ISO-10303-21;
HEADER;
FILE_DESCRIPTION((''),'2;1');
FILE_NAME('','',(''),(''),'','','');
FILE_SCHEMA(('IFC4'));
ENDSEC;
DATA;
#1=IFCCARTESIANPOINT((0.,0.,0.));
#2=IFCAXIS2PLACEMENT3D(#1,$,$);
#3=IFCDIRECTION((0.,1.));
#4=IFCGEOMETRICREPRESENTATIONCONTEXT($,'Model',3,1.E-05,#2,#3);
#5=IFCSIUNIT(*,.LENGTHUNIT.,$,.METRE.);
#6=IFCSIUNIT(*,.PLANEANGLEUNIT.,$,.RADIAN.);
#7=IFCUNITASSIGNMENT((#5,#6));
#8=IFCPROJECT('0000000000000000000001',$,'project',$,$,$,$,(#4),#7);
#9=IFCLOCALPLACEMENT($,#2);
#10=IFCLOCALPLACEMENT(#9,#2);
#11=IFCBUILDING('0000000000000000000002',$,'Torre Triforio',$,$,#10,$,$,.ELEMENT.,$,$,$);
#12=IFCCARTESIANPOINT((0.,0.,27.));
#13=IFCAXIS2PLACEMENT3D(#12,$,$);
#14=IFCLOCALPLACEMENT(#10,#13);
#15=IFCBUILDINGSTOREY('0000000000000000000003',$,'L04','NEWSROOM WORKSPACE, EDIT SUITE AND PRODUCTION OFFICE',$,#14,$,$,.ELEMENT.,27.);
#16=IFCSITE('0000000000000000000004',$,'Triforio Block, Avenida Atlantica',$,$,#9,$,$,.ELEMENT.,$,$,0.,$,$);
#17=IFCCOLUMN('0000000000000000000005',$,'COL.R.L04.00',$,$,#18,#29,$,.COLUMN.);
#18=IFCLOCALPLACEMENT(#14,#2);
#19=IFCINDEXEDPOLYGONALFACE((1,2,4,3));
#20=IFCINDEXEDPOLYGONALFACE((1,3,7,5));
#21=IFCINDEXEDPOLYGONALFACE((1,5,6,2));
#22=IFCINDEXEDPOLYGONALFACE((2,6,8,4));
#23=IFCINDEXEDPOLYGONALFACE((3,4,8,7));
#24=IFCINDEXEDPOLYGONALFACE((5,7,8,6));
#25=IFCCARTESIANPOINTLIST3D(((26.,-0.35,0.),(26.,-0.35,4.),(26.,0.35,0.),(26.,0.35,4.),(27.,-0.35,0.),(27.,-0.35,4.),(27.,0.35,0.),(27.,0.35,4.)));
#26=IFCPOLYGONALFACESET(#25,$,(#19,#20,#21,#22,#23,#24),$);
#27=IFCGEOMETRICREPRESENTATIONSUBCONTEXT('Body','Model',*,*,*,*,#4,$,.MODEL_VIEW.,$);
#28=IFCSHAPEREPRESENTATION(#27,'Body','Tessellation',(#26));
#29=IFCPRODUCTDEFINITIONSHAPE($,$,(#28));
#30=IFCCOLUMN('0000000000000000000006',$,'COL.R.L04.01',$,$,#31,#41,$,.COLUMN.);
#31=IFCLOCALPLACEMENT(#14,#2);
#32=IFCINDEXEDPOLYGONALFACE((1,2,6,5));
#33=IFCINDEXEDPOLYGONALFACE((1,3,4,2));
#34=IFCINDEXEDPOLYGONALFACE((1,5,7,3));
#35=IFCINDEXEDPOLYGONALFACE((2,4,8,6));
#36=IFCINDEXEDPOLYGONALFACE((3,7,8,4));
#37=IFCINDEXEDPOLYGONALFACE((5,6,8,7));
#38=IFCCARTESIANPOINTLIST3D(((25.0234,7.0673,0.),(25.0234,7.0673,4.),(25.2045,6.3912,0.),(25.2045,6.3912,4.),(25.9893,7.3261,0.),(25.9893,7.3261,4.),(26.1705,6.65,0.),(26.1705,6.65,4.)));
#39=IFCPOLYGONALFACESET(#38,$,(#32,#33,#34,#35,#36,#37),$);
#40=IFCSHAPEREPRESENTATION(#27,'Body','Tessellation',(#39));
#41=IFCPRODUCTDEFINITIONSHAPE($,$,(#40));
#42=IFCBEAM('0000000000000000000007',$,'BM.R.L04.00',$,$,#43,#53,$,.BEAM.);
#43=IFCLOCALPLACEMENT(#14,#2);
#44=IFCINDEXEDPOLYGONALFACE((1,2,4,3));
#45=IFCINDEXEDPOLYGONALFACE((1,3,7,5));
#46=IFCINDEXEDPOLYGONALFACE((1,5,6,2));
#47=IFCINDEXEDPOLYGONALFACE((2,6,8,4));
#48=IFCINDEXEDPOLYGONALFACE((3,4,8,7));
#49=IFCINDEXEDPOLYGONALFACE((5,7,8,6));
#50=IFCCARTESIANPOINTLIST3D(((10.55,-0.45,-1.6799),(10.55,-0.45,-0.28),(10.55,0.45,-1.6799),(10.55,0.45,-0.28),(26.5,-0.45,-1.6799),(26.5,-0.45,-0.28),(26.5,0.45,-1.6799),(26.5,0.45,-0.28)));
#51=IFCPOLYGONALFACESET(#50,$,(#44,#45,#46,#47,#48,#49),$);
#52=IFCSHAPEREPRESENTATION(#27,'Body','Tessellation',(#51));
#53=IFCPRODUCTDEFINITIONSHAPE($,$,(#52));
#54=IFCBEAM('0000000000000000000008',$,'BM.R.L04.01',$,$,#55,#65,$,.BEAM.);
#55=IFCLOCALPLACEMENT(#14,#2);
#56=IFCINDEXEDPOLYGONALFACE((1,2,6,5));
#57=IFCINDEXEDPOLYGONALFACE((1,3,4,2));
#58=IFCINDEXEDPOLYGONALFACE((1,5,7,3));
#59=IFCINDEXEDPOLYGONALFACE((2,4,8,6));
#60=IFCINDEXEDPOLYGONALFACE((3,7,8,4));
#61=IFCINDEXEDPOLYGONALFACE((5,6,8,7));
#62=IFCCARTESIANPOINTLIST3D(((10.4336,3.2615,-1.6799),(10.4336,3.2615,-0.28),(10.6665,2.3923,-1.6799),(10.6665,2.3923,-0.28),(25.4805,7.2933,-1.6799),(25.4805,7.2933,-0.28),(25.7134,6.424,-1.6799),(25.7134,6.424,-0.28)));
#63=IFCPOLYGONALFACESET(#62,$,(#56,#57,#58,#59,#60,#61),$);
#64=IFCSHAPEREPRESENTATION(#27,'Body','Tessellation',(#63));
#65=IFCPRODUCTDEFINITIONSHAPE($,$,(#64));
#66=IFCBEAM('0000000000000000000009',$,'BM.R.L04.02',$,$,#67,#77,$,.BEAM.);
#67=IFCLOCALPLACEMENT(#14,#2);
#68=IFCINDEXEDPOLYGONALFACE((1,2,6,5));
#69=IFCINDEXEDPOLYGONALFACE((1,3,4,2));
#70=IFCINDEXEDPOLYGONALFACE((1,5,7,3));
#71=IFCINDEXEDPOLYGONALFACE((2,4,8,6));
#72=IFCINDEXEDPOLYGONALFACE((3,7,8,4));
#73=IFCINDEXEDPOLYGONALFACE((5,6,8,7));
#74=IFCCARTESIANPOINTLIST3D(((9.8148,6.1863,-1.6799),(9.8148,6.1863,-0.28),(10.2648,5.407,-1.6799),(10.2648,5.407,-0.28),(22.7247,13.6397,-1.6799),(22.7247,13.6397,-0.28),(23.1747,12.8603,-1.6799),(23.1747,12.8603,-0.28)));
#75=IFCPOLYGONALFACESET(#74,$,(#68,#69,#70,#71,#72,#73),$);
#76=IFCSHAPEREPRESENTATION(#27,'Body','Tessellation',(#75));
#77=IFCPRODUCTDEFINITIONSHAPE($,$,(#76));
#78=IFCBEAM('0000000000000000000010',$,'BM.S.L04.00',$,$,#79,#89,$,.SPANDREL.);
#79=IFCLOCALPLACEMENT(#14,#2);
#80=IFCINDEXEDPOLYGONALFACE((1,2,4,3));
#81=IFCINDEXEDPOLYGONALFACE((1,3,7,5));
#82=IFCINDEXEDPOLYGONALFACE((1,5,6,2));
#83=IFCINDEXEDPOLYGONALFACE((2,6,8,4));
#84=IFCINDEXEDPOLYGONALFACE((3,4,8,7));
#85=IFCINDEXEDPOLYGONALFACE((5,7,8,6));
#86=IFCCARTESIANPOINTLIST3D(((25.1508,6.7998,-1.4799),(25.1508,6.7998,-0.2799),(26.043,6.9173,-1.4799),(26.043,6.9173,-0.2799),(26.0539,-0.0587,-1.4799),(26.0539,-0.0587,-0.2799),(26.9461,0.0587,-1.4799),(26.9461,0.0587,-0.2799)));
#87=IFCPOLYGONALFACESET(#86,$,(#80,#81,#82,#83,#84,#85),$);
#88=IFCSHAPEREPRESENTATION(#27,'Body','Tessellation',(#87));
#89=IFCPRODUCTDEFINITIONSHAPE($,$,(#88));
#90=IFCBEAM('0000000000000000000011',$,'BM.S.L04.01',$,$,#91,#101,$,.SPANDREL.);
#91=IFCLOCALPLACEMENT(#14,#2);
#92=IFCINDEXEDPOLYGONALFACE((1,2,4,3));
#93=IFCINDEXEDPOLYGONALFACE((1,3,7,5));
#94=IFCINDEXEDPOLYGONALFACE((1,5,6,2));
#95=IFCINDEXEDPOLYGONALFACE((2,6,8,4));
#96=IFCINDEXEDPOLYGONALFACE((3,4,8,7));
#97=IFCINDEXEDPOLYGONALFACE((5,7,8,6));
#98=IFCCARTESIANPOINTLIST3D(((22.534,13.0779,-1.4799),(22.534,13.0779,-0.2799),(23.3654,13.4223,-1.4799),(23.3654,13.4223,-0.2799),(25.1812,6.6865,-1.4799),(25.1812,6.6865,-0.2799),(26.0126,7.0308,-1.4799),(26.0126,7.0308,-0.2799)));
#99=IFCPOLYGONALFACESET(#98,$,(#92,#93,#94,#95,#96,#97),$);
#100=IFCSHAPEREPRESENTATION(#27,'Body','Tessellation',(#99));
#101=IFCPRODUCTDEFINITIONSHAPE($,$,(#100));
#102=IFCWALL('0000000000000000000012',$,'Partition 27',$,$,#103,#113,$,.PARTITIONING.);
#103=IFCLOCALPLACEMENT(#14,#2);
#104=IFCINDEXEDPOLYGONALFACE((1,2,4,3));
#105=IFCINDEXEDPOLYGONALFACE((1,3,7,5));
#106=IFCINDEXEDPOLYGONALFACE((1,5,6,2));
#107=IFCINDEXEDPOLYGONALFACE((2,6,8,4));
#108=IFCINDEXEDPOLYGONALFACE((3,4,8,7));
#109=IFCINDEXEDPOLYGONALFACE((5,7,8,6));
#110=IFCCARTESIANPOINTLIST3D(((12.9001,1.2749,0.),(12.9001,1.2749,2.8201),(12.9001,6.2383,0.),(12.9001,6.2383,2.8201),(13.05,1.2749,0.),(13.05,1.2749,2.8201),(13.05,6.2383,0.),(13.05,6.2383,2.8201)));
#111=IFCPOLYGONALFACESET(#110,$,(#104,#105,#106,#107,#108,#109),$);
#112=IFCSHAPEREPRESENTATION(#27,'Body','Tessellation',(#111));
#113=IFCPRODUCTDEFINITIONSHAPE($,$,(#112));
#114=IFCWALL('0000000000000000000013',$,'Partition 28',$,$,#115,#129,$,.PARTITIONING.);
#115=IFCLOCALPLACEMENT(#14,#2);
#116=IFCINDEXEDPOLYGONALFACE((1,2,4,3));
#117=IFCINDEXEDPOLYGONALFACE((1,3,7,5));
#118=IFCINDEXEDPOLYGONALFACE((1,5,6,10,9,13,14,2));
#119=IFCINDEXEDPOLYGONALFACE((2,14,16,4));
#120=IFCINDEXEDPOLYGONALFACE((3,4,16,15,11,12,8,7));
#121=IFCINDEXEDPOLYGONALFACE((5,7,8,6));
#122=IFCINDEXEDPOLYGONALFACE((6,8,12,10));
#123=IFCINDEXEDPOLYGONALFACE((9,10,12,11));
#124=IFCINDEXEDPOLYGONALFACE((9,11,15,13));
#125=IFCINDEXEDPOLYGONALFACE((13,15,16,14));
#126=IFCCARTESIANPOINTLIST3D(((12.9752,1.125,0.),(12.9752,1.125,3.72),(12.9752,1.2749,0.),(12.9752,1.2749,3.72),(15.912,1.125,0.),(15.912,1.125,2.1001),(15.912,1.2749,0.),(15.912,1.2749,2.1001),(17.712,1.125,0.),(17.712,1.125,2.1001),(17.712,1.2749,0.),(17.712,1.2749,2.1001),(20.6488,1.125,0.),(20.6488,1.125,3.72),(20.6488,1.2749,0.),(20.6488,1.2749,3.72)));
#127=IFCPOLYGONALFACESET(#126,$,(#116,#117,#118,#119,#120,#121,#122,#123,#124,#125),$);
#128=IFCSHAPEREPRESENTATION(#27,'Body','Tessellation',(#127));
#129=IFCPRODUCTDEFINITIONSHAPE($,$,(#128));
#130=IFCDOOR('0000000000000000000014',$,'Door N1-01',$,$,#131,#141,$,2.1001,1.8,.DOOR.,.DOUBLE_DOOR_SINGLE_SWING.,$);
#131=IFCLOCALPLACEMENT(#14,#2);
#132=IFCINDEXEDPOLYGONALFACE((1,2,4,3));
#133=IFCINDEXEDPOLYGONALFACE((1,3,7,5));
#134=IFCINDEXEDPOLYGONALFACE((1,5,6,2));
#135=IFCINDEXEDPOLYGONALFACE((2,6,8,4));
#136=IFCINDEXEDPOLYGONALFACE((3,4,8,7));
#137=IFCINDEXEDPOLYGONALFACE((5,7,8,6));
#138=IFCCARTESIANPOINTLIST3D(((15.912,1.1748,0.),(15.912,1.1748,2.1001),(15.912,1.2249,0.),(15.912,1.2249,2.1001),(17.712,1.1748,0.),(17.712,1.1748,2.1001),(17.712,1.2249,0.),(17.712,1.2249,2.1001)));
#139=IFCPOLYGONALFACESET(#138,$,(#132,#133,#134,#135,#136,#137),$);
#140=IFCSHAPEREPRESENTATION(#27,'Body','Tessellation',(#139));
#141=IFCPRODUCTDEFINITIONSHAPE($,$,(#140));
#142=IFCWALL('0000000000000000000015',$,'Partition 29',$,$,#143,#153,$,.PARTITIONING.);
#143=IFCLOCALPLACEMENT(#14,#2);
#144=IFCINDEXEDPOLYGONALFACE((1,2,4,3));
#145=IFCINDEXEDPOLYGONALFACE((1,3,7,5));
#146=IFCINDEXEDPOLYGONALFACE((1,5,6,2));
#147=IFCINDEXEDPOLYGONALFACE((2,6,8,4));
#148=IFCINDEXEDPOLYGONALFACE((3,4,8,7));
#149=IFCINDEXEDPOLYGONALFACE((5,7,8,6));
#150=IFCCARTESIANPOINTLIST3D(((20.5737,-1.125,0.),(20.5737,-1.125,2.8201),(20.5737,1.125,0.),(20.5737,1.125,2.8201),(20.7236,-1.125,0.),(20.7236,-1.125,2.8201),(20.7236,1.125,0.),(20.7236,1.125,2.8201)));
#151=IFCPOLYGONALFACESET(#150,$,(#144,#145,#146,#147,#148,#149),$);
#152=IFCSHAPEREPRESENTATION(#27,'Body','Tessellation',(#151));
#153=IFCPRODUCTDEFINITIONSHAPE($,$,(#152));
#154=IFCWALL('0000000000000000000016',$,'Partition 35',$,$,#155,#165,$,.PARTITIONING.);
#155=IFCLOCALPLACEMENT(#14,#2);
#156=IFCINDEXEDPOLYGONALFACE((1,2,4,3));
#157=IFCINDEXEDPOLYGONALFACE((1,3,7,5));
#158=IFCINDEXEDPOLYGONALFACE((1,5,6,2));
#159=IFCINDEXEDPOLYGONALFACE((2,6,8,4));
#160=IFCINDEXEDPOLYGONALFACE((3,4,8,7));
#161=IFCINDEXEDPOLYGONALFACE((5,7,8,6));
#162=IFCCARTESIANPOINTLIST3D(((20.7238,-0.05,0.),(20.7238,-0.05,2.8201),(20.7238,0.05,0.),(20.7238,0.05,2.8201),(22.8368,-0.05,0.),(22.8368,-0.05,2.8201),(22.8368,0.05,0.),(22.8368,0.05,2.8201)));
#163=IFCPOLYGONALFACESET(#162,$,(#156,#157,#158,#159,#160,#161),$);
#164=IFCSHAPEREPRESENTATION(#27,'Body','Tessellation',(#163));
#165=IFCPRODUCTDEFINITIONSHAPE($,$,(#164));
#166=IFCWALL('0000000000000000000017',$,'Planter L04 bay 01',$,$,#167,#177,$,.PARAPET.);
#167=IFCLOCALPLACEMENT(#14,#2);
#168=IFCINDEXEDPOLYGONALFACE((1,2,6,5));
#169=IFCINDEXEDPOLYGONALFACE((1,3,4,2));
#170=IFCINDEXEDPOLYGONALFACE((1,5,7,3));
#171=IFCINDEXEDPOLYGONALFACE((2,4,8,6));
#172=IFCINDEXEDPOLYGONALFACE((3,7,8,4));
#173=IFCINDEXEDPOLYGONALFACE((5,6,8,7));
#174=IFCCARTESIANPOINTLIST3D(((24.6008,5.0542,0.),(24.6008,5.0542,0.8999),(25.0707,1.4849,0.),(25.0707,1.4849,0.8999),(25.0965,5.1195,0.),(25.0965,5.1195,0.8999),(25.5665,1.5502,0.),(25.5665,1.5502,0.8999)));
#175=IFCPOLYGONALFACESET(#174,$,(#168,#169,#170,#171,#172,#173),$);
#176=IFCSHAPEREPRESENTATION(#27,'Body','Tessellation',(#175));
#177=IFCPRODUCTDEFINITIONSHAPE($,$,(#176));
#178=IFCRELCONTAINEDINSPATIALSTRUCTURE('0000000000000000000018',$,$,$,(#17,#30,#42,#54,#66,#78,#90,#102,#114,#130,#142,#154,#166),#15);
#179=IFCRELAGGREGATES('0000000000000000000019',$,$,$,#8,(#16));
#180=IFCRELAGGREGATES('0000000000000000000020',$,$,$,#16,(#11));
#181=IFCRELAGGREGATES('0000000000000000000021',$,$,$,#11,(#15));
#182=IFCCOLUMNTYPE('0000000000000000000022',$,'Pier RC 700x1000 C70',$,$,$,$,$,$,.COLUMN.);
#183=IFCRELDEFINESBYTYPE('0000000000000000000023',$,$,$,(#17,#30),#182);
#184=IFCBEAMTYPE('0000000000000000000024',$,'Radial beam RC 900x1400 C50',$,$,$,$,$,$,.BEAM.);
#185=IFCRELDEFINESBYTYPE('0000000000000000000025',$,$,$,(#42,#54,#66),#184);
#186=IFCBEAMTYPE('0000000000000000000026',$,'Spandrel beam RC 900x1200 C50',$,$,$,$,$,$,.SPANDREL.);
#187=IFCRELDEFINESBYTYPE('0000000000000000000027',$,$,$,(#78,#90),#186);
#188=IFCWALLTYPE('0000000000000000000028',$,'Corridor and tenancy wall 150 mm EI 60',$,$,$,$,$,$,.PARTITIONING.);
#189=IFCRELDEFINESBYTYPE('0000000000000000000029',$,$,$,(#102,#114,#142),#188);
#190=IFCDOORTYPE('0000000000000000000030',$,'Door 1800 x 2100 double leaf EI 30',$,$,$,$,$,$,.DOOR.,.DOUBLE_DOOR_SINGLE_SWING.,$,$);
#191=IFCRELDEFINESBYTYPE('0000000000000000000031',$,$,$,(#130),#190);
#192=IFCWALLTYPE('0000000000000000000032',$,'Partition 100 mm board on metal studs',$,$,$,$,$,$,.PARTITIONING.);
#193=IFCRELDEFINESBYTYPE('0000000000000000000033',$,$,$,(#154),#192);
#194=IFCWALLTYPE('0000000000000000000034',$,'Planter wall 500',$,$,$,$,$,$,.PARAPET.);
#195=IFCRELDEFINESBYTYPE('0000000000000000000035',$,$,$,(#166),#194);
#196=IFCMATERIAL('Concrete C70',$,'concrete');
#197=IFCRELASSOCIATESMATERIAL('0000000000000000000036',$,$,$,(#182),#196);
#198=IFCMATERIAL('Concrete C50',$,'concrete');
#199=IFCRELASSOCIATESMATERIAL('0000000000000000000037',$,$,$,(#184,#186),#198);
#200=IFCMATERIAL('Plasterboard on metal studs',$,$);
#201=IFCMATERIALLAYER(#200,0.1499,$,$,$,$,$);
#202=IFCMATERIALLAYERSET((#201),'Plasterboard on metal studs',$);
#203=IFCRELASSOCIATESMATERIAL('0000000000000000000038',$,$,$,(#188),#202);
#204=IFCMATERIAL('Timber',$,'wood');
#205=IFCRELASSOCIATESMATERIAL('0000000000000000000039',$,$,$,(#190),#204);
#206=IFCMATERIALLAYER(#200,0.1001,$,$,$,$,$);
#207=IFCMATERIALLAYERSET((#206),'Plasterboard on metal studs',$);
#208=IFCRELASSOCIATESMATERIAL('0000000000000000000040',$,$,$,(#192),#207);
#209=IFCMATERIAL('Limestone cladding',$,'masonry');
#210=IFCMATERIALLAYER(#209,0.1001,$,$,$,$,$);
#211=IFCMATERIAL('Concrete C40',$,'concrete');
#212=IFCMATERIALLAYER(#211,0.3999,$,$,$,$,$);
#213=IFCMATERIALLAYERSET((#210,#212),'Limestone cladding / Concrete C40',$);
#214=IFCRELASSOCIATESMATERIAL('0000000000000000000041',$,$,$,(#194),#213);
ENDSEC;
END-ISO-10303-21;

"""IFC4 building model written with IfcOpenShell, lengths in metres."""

from ifc_helpers import new_model, si_unit, direction, frame, frame_2d, origin, origin_2d, place, context, subcontext, project, spatial, rectangle, extrude, material, layer, layer_set, material_profile, profile_set, type_object, element, fill, save


model = new_model("IFC4")

# Units and contexts
model_context = context("Model", 3, precision=1e-05, world=origin(), true_north=direction((0.0, 1.0)))
body_context = subcontext(model_context, "Body", "Model", "MODEL_VIEW")
ifc_project = project(units=[si_unit("LENGTHUNIT", "METRE"), si_unit("PLANEANGLEUNIT", "RADIAN")], contexts=[model_context])

# Site, building, storey
site_placement = place(None, origin())
site = spatial("IfcSite", under=ifc_project, at=site_placement, Name="Triforio Block, Avenida Atlantica", CompositionType="ELEMENT", RefElevation=0.0)
building_placement = place(site_placement, origin())
building = spatial("IfcBuilding", under=site, at=building_placement, Name="Torre Triforio", CompositionType="ELEMENT")
storey_placement = place(building_placement, frame((0.0, 0.0, 27.0)))
storey = spatial("IfcBuildingStorey", under=building, at=storey_placement, Name="L04", Description="NEWSROOM WORKSPACE, EDIT SUITE AND PRODUCTION OFFICE", CompositionType="ELEMENT", Elevation=27.0)

# Columns
ifc_material_1 = material(Name="Concrete C70", Category="concrete")
ifc_material_profile_1 = material_profile(ifc_material_1, rectangle(XDim=0.7, YDim=1.0, at=origin_2d()), Name="RC 700x1000")
ifc_profile_set_1 = profile_set([ifc_material_profile_1], Name="Concrete C70")
column_type = type_object("IfcColumnType", Name="Pier RC 700x1000 C70", PredefinedType="COLUMN", material=ifc_profile_set_1)
for number, where, z_axis, x_axis, name in (
    (1, (26.5, 0.0, 0.0), (0.0, 0.0, 1.0), (0.0, 1.0, 0.0), "COL.R.L04.00"),
    (2, (25.5969, 6.8586, 0.0), (0.0, 0.0, 1.0), (-0.258819, 0.965926, 0.0), "COL.R.L04.01"),
):
    element("IfcColumn", number, at=place(storey_placement, frame(where, z_axis=z_axis, x_axis=x_axis)), inside=storey, type_object=column_type, Name=name, PredefinedType="COLUMN", context=body_context, shape_type="SweptSolid", body=[
        extrude(rectangle(XDim=0.7, YDim=1.0, at=origin_2d()), origin(), (0.0, 0.0, 1.0), 4.0),
    ])

# Beams
ifc_material_2 = material(Name="Concrete C50", Category="concrete")
ifc_material_profile_2 = material_profile(ifc_material_2, rectangle(XDim=0.8999, YDim=1.3999, at=origin_2d()), Name="RC 900x1400")
ifc_profile_set_2 = profile_set([ifc_material_profile_2], Name="Concrete C50")
beam_type_1 = type_object("IfcBeamType", Name="Radial beam RC 900x1400 C50", PredefinedType="BEAM", material=ifc_profile_set_2)
beam_1_placement = place(storey_placement, frame((10.55, 0.0, -0.98), z_axis=(1.0, 0.0, 0.0), x_axis=(0.0, 1.0, 0.0)))
element("IfcBeam", 3, at=beam_1_placement, inside=storey, type_object=beam_type_1, Name="BM.R.L04.00", PredefinedType="BEAM", context=body_context, shape_type="SweptSolid", body=[
    extrude(rectangle(XDim=0.8999, YDim=1.3999, at=origin_2d()), origin(), (0.0, 0.0, 1.0), 15.95),
])
beam_2_placement = place(storey_placement, frame((10.55, 2.8269, -0.98), z_axis=(0.965927, 0.258815, 0.0), x_axis=(-0.258815, 0.965927, 0.0)))
element("IfcBeam", 4, at=beam_2_placement, inside=storey, type_object=beam_type_1, Name="BM.R.L04.01", PredefinedType="BEAM", context=body_context, shape_type="SweptSolid", body=[
    extrude(rectangle(XDim=0.8999, YDim=1.3999, at=origin_2d()), origin(), (0.0, 0.0, 1.0), 15.5776),
])
beam_3_placement = place(storey_placement, frame((10.0398, 5.7966, -0.98), z_axis=(0.86603, 0.499991, 0.0), x_axis=(-0.499991, 0.86603, 0.0)))
element("IfcBeam", 5, at=beam_3_placement, inside=storey, type_object=beam_type_1, Name="BM.R.L04.02", PredefinedType="BEAM", context=body_context, shape_type="SweptSolid", body=[
    extrude(rectangle(XDim=0.8999, YDim=1.3999, at=origin_2d()), origin(), (0.0, 0.0, 1.0), 14.907),
])
ifc_material_profile_3 = material_profile(ifc_material_2, rectangle(XDim=0.8999, YDim=1.2, at=origin_2d()), Name="RC 900x1200")
ifc_profile_set_3 = profile_set([ifc_material_profile_3], Name="Concrete C50")
beam_type_2 = type_object("IfcBeamType", Name="Spandrel beam RC 900x1200 C50", PredefinedType="SPANDREL", material=ifc_profile_set_3)
beam_4_placement = place(storey_placement, frame((26.5, 0.0, -0.8799), z_axis=(-0.130543, 0.991443, 0.0), x_axis=(-0.991443, -0.130543, 0.0)))
element("IfcBeam", 6, at=beam_4_placement, inside=storey, type_object=beam_type_2, Name="BM.S.L04.00", PredefinedType="SPANDREL", context=body_context, shape_type="SweptSolid", body=[
    extrude(rectangle(XDim=0.8999, YDim=1.2, at=origin_2d()), origin(), (0.0, 0.0, 1.0), 6.9177),
])
beam_5_placement = place(storey_placement, frame((25.5969, 6.8586, -0.8799), z_axis=(-0.382662, 0.923888, 0.0), x_axis=(-0.923888, -0.382662, 0.0)))
element("IfcBeam", 7, at=beam_5_placement, inside=storey, type_object=beam_type_2, Name="BM.S.L04.01", PredefinedType="SPANDREL", context=body_context, shape_type="SweptSolid", body=[
    extrude(rectangle(XDim=0.8999, YDim=1.2, at=origin_2d()), origin(), (0.0, 0.0, 1.0), 6.918),
])

# Wall
ifc_material_3 = material(Name="Plasterboard on metal studs")
ifc_layer_1 = layer(ifc_material_3, 0.1499)
ifc_layer_set_1 = layer_set([ifc_layer_1], Name="Plasterboard on metal studs")
wall_type_1 = type_object("IfcWallType", Name="Corridor and tenancy wall 150 mm EI 60", PredefinedType="PARTITIONING", material=ifc_layer_set_1)
wall_1_placement = place(storey_placement, frame((12.9751, 6.2383, 0.0), z_axis=(0.0, 0.0, 1.0), x_axis=(0.0, -1.0, 0.0)))
element("IfcWall", 8, at=wall_1_placement, inside=storey, type_object=wall_type_1, Name="Partition 27", PredefinedType="PARTITIONING", context=body_context, shape_type="SweptSolid", body=[
    extrude(rectangle(XDim=4.9634, YDim=0.1499, at=frame_2d((2.4817, 0.0))), origin(), (0.0, 0.0, 1.0), 2.8201),
])

# Wall, opening, door
wall_2_placement = place(storey_placement, frame((12.9751, 1.2, 0.0), z_axis=(0.0, 0.0, 1.0), x_axis=(1.0, 0.0, 0.0)))
wall_2 = element("IfcWall", 9, at=wall_2_placement, inside=storey, type_object=wall_type_1, Name="Partition 28", PredefinedType="PARTITIONING", context=body_context, shape_type="SweptSolid", body=[
    extrude(rectangle(XDim=7.6736, YDim=0.1499, at=frame_2d((3.8369, 0.0))), origin(), (0.0, 0.0, 1.0), 3.72),
])
opening_1_placement = place(wall_2_placement, frame((2.937, 0.0, 0.0)))
opening_1 = element("IfcOpeningElement", 10, at=opening_1_placement, cuts=wall_2, PredefinedType="OPENING", context=body_context, shape_type="SweptSolid", body=[
    extrude(rectangle(XDim=1.8, YDim=2.1001, at=frame_2d((0.8999, 1.05))), frame((0.0, 0.085, 0.0), z_axis=(0.0, -1.0, 0.0), x_axis=(1.0, 0.0, 0.0)), (0.0, 0.0, 1.0), 0.1699),
])
ifc_material_4 = material(Name="Timber", Category="wood")
door_type_1 = type_object("IfcDoorType", Name="Door 1800 x 2100 double leaf EI 30", OperationType="DOUBLE_DOOR_SINGLE_SWING", PredefinedType="DOOR", material=ifc_material_4)
door_1_placement = place(opening_1_placement, origin())
door_1 = element("IfcDoor", 11, at=door_1_placement, inside=storey, type_object=door_type_1, Name="Door N1-01", OperationType="DOUBLE_DOOR_SINGLE_SWING", OverallHeight=2.1001, OverallWidth=1.8, PredefinedType="DOOR", context=body_context, shape_type="SweptSolid", body=[
    extrude(rectangle(XDim=1.8, YDim=2.1001, at=frame_2d((0.8999, 1.05))), frame((0.0, 0.0249, 0.0), z_axis=(0.0, -1.0, 0.0), x_axis=(1.0, 0.0, 0.0)), (0.0, 0.0, 1.0), 0.05),
])
fill(opening_1, door_1)

# Walls
wall_3_placement = place(storey_placement, frame((20.6487, 1.125, 0.0), z_axis=(0.0, 0.0, 1.0), x_axis=(0.0, -1.0, 0.0)))
element("IfcWall", 12, at=wall_3_placement, inside=storey, type_object=wall_type_1, Name="Partition 29", PredefinedType="PARTITIONING", context=body_context, shape_type="SweptSolid", body=[
    extrude(rectangle(XDim=2.25, YDim=0.1499, at=frame_2d((1.125, 0.0))), origin(), (0.0, 0.0, 1.0), 2.8201),
])
ifc_layer_2 = layer(ifc_material_3, 0.1001)
ifc_layer_set_2 = layer_set([ifc_layer_2], Name="Plasterboard on metal studs")
wall_type_2 = type_object("IfcWallType", Name="Partition 100 mm board on metal studs", PredefinedType="PARTITIONING", material=ifc_layer_set_2)
wall_4_placement = place(storey_placement, frame((20.7236, 0.0, 0.0), z_axis=(0.0, 0.0, 1.0), x_axis=(1.0, 0.0, 0.0)))
element("IfcWall", 13, at=wall_4_placement, inside=storey, type_object=wall_type_2, Name="Partition 35", PredefinedType="PARTITIONING", context=body_context, shape_type="SweptSolid", body=[
    extrude(rectangle(XDim=2.113, YDim=0.1001, at=frame_2d((1.0566, 0.0))), origin(), (0.0, 0.0, 1.0), 2.8201),
])
ifc_material_5 = material(Name="Limestone cladding", Category="masonry")
ifc_layer_3 = layer(ifc_material_5, 0.1001)
ifc_material_6 = material(Name="Concrete C40", Category="concrete")
ifc_layer_4 = layer(ifc_material_6, 0.3999)
ifc_layer_set_3 = layer_set([ifc_layer_3, ifc_layer_4], Name="Limestone cladding / Concrete C40")
wall_type_3 = type_object("IfcWallType", Name="Planter wall 500", PredefinedType="PARAPET", material=ifc_layer_set_3)
wall_5_placement = place(storey_placement, frame((25.3186, 1.5176, 0.0), z_axis=(0.0, 0.0, 1.0), x_axis=(-0.130542, 0.991443, 0.0)))
element("IfcWall", 14, at=wall_5_placement, inside=storey, type_object=wall_type_3, Name="Planter L04 bay 01", PredefinedType="PARAPET", context=body_context, shape_type="SweptSolid", body=[
    extrude(rectangle(XDim=3.6001, YDim=0.5, at=frame_2d((1.8, 0.0))), origin(), (0.0, 0.0, 1.0), 0.8999),
])

save(model, "model.ifc")
